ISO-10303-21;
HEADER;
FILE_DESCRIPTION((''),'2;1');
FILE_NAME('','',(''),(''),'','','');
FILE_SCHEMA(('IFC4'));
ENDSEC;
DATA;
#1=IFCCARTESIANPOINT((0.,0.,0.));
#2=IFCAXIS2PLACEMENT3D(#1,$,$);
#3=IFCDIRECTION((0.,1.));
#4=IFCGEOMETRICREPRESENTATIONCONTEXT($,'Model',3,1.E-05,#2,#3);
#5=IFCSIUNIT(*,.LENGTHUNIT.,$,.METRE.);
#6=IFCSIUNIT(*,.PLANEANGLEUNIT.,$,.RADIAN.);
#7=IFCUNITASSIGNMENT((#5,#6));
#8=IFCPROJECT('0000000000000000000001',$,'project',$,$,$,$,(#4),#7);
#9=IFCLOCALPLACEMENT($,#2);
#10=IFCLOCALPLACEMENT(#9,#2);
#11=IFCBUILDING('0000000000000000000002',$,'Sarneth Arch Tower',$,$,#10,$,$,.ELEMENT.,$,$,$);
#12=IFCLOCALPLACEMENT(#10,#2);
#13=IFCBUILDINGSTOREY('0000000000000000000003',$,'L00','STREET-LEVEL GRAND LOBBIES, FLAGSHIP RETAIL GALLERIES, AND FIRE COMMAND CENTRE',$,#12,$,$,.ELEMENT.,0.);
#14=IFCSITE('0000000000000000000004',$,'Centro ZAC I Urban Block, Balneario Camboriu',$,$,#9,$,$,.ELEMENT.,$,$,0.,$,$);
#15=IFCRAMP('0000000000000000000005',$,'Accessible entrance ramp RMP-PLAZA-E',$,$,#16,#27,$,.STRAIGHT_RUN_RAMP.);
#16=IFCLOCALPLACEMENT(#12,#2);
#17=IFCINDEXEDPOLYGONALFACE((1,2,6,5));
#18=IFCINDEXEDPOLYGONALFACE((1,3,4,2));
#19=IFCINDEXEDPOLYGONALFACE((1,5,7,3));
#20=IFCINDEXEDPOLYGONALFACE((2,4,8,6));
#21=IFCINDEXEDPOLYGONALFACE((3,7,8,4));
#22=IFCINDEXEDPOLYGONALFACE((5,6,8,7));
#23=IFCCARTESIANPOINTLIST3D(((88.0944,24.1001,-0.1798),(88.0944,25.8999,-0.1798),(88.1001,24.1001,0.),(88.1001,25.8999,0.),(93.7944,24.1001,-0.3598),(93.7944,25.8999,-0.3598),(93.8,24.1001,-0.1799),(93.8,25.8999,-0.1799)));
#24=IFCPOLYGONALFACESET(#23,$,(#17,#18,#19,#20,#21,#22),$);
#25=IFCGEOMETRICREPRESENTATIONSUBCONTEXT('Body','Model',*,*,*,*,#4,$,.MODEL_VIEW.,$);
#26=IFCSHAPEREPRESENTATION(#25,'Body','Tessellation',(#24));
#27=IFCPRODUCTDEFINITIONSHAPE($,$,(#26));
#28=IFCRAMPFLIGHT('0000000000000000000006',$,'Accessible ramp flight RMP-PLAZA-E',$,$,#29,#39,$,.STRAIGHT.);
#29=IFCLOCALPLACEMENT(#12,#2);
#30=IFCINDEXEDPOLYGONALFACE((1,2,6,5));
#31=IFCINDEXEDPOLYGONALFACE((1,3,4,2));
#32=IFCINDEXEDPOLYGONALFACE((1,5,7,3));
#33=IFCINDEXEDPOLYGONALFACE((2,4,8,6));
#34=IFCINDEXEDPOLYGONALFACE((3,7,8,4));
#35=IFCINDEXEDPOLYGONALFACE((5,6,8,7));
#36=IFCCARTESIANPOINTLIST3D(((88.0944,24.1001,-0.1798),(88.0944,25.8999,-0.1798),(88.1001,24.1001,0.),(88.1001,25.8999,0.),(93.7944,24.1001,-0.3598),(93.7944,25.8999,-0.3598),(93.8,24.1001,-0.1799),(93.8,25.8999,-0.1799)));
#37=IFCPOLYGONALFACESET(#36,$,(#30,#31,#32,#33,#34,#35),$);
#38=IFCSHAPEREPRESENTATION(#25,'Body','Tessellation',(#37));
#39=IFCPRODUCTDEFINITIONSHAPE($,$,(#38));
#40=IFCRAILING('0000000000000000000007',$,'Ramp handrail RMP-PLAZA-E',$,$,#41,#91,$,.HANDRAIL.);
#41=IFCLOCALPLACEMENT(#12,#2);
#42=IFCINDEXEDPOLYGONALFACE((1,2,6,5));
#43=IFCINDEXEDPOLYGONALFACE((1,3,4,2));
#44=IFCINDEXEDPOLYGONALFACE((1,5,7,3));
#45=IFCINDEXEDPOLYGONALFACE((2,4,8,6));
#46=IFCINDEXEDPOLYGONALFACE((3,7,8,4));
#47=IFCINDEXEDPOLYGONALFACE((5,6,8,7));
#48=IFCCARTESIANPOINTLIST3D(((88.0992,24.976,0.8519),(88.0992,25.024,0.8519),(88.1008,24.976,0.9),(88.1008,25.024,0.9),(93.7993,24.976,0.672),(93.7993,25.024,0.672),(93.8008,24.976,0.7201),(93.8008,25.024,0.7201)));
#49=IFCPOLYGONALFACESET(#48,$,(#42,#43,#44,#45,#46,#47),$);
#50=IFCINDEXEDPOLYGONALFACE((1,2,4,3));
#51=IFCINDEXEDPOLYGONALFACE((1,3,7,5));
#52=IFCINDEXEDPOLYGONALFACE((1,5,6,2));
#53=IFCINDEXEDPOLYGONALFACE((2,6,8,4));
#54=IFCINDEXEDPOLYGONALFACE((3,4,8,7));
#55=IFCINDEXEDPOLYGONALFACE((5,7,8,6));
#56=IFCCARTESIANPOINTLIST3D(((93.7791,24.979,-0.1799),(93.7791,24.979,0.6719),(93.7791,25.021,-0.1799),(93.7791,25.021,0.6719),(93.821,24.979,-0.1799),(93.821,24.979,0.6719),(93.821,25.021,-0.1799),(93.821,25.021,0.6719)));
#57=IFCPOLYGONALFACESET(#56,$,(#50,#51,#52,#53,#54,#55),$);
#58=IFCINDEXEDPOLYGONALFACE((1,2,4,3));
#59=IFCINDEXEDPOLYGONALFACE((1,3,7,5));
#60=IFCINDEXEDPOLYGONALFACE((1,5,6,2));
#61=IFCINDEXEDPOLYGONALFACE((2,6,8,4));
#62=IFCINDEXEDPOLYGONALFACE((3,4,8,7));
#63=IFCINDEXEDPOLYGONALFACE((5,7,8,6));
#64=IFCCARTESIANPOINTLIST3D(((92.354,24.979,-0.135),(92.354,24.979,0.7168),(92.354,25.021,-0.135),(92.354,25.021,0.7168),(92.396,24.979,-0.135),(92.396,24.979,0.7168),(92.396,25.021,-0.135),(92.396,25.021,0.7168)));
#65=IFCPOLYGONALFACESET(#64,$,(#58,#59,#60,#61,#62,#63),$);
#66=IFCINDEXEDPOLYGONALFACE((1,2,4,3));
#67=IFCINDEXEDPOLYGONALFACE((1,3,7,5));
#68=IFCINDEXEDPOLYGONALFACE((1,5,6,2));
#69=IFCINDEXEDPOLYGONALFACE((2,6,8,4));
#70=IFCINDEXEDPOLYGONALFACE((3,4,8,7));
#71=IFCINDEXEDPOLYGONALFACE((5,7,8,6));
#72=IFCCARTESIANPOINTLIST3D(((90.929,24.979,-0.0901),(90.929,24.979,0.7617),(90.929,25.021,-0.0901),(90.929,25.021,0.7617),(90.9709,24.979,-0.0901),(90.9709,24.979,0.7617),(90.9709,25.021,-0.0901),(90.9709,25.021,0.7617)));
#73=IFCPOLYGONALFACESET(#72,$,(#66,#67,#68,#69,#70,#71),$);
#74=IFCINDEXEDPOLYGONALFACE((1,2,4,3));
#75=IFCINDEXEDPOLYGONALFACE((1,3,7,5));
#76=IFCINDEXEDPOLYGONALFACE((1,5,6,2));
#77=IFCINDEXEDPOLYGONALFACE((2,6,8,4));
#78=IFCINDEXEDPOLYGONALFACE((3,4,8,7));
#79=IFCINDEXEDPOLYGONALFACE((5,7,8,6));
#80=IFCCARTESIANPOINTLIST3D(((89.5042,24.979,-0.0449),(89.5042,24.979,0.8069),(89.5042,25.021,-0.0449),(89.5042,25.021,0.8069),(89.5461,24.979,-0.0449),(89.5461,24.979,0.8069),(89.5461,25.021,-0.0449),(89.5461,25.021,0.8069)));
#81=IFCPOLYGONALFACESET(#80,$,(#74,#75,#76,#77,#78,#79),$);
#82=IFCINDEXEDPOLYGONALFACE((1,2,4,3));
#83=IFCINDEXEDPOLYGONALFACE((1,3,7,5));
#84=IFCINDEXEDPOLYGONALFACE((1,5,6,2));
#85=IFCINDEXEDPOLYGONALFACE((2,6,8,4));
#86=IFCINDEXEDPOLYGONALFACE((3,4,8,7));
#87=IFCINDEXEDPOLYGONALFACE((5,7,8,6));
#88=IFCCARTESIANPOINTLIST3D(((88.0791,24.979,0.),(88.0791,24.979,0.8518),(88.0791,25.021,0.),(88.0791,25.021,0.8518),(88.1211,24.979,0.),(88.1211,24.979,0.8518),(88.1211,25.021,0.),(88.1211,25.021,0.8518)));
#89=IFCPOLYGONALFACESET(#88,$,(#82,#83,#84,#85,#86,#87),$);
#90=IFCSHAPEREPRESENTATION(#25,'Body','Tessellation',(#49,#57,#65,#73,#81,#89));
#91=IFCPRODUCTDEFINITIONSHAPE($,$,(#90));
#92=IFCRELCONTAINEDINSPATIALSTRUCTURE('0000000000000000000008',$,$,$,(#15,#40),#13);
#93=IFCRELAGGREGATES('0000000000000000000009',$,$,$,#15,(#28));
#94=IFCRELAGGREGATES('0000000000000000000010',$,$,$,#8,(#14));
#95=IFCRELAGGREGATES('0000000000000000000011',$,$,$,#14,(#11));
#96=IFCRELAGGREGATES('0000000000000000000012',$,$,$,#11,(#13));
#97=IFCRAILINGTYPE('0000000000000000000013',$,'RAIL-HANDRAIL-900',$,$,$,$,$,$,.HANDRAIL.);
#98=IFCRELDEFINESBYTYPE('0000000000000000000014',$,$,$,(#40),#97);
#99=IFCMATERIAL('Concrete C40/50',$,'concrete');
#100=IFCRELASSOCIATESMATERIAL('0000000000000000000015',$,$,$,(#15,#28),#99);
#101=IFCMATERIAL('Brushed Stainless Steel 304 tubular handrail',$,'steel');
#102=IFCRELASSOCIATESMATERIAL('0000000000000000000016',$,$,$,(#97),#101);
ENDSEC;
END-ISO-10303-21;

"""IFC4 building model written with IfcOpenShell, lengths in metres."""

from ifc_helpers import new_model, si_unit, direction, frame, origin, origin_2d, place, context, subcontext, project, spatial, polyline, rectangle, outline, extrude, material, type_object, element, aggregate, save


model = new_model("IFC4")

# Units and contexts
model_context = context("Model", 3, precision=1e-05, world=origin(), true_north=direction((0.0, 1.0)))
body_context = subcontext(model_context, "Body", "Model", "MODEL_VIEW")
ifc_project = project(units=[si_unit("LENGTHUNIT", "METRE"), si_unit("PLANEANGLEUNIT", "RADIAN")], contexts=[model_context])

# Site, building, storey
site_placement = place(None, origin())
site = spatial("IfcSite", under=ifc_project, at=site_placement, Name="Centro ZAC I Urban Block, Balneario Camboriu", CompositionType="ELEMENT", RefElevation=0.0)
building_placement = place(site_placement, origin())
building = spatial("IfcBuilding", under=site, at=building_placement, Name="Sarneth Arch Tower", CompositionType="ELEMENT")
storey_placement = place(building_placement, origin())
storey = spatial("IfcBuildingStorey", under=building, at=storey_placement, Name="L00", Description="STREET-LEVEL GRAND LOBBIES, FLAGSHIP RETAIL GALLERIES, AND FIRE COMMAND CENTRE", CompositionType="ELEMENT", Elevation=0.0)

# Ramp, ramp flight
ifc_material_1 = material(Name="Concrete C40/50", Category="concrete")
ramp_placement = place(storey_placement, frame((93.8, 24.1001, -0.1799), z_axis=(0.031552, 0.0, 0.999502), x_axis=(-0.999502, 0.0, 0.031552)))
ramp = element("IfcRamp", 1, at=ramp_placement, inside=storey, material=ifc_material_1, Name="Accessible entrance ramp RMP-PLAZA-E", PredefinedType="STRAIGHT_RUN_RAMP", context=body_context, shape_type="SweptSolid", body=[
    extrude(outline(polyline([(0.0, 0.0), (5.7028, 0.0), (5.7028, -1.7998), (0.0, -1.7998), (0.0, 0.0)])), origin(), (0.0, 0.0, -1.0), 0.1799),
])
ramp_flight_placement = place(storey_placement, frame((93.8, 24.1001, -0.1799), z_axis=(0.031552, 0.0, 0.999502), x_axis=(-0.999502, 0.0, 0.031552)))
ramp_flight = element("IfcRampFlight", 2, at=ramp_flight_placement, material=ifc_material_1, Name="Accessible ramp flight RMP-PLAZA-E", PredefinedType="STRAIGHT", context=body_context, shape_type="SweptSolid", body=[
    extrude(outline(polyline([(0.0, 0.0), (5.7028, 0.0), (5.7028, -1.7998), (0.0, -1.7998), (0.0, 0.0)])), origin(), (0.0, 0.0, -1.0), 0.1799),
])
aggregate(ramp, [ramp_flight])

# Railing
ifc_material_2 = material(Name="Brushed Stainless Steel 304 tubular handrail", Category="steel")
railing_type = type_object("IfcRailingType", Name="RAIL-HANDRAIL-900", PredefinedType="HANDRAIL", material=ifc_material_2)
railing_placement = place(storey_placement, frame((93.8, 25.0, -0.1799)))
element("IfcRailing", 3, at=railing_placement, inside=storey, type_object=railing_type, Name="Ramp handrail RMP-PLAZA-E", PredefinedType="HANDRAIL", context=body_context, shape_type="SweptSolid", body=[
    extrude(rectangle(XDim=0.0481, YDim=0.0481, at=origin_2d()), frame((0.0, 0.0, 0.876), z_axis=(-0.999502, 0.0, 0.031552), x_axis=(0.0, -1.0, 0.0)), (0.0, 0.0, 1.0), 5.7029),
    extrude(rectangle(XDim=0.042, YDim=0.042, at=origin_2d()), origin(), (0.0, 0.0, 1.0), 0.8518),
    extrude(rectangle(XDim=0.042, YDim=0.042, at=origin_2d()), frame((-1.425, 0.0, 0.0449)), (0.0, 0.0, 1.0), 0.8518),
    extrude(rectangle(XDim=0.042, YDim=0.042, at=origin_2d()), frame((-2.8501, 0.0, 0.0898)), (0.0, 0.0, 1.0), 0.8518),
    extrude(rectangle(XDim=0.042, YDim=0.042, at=origin_2d()), frame((-4.2749, 0.0, 0.135)), (0.0, 0.0, 1.0), 0.8518),
    extrude(rectangle(XDim=0.042, YDim=0.042, at=origin_2d()), frame((-5.7, 0.0, 0.1799)), (0.0, 0.0, 1.0), 0.8518),
])

save(model, "model.ifc")
